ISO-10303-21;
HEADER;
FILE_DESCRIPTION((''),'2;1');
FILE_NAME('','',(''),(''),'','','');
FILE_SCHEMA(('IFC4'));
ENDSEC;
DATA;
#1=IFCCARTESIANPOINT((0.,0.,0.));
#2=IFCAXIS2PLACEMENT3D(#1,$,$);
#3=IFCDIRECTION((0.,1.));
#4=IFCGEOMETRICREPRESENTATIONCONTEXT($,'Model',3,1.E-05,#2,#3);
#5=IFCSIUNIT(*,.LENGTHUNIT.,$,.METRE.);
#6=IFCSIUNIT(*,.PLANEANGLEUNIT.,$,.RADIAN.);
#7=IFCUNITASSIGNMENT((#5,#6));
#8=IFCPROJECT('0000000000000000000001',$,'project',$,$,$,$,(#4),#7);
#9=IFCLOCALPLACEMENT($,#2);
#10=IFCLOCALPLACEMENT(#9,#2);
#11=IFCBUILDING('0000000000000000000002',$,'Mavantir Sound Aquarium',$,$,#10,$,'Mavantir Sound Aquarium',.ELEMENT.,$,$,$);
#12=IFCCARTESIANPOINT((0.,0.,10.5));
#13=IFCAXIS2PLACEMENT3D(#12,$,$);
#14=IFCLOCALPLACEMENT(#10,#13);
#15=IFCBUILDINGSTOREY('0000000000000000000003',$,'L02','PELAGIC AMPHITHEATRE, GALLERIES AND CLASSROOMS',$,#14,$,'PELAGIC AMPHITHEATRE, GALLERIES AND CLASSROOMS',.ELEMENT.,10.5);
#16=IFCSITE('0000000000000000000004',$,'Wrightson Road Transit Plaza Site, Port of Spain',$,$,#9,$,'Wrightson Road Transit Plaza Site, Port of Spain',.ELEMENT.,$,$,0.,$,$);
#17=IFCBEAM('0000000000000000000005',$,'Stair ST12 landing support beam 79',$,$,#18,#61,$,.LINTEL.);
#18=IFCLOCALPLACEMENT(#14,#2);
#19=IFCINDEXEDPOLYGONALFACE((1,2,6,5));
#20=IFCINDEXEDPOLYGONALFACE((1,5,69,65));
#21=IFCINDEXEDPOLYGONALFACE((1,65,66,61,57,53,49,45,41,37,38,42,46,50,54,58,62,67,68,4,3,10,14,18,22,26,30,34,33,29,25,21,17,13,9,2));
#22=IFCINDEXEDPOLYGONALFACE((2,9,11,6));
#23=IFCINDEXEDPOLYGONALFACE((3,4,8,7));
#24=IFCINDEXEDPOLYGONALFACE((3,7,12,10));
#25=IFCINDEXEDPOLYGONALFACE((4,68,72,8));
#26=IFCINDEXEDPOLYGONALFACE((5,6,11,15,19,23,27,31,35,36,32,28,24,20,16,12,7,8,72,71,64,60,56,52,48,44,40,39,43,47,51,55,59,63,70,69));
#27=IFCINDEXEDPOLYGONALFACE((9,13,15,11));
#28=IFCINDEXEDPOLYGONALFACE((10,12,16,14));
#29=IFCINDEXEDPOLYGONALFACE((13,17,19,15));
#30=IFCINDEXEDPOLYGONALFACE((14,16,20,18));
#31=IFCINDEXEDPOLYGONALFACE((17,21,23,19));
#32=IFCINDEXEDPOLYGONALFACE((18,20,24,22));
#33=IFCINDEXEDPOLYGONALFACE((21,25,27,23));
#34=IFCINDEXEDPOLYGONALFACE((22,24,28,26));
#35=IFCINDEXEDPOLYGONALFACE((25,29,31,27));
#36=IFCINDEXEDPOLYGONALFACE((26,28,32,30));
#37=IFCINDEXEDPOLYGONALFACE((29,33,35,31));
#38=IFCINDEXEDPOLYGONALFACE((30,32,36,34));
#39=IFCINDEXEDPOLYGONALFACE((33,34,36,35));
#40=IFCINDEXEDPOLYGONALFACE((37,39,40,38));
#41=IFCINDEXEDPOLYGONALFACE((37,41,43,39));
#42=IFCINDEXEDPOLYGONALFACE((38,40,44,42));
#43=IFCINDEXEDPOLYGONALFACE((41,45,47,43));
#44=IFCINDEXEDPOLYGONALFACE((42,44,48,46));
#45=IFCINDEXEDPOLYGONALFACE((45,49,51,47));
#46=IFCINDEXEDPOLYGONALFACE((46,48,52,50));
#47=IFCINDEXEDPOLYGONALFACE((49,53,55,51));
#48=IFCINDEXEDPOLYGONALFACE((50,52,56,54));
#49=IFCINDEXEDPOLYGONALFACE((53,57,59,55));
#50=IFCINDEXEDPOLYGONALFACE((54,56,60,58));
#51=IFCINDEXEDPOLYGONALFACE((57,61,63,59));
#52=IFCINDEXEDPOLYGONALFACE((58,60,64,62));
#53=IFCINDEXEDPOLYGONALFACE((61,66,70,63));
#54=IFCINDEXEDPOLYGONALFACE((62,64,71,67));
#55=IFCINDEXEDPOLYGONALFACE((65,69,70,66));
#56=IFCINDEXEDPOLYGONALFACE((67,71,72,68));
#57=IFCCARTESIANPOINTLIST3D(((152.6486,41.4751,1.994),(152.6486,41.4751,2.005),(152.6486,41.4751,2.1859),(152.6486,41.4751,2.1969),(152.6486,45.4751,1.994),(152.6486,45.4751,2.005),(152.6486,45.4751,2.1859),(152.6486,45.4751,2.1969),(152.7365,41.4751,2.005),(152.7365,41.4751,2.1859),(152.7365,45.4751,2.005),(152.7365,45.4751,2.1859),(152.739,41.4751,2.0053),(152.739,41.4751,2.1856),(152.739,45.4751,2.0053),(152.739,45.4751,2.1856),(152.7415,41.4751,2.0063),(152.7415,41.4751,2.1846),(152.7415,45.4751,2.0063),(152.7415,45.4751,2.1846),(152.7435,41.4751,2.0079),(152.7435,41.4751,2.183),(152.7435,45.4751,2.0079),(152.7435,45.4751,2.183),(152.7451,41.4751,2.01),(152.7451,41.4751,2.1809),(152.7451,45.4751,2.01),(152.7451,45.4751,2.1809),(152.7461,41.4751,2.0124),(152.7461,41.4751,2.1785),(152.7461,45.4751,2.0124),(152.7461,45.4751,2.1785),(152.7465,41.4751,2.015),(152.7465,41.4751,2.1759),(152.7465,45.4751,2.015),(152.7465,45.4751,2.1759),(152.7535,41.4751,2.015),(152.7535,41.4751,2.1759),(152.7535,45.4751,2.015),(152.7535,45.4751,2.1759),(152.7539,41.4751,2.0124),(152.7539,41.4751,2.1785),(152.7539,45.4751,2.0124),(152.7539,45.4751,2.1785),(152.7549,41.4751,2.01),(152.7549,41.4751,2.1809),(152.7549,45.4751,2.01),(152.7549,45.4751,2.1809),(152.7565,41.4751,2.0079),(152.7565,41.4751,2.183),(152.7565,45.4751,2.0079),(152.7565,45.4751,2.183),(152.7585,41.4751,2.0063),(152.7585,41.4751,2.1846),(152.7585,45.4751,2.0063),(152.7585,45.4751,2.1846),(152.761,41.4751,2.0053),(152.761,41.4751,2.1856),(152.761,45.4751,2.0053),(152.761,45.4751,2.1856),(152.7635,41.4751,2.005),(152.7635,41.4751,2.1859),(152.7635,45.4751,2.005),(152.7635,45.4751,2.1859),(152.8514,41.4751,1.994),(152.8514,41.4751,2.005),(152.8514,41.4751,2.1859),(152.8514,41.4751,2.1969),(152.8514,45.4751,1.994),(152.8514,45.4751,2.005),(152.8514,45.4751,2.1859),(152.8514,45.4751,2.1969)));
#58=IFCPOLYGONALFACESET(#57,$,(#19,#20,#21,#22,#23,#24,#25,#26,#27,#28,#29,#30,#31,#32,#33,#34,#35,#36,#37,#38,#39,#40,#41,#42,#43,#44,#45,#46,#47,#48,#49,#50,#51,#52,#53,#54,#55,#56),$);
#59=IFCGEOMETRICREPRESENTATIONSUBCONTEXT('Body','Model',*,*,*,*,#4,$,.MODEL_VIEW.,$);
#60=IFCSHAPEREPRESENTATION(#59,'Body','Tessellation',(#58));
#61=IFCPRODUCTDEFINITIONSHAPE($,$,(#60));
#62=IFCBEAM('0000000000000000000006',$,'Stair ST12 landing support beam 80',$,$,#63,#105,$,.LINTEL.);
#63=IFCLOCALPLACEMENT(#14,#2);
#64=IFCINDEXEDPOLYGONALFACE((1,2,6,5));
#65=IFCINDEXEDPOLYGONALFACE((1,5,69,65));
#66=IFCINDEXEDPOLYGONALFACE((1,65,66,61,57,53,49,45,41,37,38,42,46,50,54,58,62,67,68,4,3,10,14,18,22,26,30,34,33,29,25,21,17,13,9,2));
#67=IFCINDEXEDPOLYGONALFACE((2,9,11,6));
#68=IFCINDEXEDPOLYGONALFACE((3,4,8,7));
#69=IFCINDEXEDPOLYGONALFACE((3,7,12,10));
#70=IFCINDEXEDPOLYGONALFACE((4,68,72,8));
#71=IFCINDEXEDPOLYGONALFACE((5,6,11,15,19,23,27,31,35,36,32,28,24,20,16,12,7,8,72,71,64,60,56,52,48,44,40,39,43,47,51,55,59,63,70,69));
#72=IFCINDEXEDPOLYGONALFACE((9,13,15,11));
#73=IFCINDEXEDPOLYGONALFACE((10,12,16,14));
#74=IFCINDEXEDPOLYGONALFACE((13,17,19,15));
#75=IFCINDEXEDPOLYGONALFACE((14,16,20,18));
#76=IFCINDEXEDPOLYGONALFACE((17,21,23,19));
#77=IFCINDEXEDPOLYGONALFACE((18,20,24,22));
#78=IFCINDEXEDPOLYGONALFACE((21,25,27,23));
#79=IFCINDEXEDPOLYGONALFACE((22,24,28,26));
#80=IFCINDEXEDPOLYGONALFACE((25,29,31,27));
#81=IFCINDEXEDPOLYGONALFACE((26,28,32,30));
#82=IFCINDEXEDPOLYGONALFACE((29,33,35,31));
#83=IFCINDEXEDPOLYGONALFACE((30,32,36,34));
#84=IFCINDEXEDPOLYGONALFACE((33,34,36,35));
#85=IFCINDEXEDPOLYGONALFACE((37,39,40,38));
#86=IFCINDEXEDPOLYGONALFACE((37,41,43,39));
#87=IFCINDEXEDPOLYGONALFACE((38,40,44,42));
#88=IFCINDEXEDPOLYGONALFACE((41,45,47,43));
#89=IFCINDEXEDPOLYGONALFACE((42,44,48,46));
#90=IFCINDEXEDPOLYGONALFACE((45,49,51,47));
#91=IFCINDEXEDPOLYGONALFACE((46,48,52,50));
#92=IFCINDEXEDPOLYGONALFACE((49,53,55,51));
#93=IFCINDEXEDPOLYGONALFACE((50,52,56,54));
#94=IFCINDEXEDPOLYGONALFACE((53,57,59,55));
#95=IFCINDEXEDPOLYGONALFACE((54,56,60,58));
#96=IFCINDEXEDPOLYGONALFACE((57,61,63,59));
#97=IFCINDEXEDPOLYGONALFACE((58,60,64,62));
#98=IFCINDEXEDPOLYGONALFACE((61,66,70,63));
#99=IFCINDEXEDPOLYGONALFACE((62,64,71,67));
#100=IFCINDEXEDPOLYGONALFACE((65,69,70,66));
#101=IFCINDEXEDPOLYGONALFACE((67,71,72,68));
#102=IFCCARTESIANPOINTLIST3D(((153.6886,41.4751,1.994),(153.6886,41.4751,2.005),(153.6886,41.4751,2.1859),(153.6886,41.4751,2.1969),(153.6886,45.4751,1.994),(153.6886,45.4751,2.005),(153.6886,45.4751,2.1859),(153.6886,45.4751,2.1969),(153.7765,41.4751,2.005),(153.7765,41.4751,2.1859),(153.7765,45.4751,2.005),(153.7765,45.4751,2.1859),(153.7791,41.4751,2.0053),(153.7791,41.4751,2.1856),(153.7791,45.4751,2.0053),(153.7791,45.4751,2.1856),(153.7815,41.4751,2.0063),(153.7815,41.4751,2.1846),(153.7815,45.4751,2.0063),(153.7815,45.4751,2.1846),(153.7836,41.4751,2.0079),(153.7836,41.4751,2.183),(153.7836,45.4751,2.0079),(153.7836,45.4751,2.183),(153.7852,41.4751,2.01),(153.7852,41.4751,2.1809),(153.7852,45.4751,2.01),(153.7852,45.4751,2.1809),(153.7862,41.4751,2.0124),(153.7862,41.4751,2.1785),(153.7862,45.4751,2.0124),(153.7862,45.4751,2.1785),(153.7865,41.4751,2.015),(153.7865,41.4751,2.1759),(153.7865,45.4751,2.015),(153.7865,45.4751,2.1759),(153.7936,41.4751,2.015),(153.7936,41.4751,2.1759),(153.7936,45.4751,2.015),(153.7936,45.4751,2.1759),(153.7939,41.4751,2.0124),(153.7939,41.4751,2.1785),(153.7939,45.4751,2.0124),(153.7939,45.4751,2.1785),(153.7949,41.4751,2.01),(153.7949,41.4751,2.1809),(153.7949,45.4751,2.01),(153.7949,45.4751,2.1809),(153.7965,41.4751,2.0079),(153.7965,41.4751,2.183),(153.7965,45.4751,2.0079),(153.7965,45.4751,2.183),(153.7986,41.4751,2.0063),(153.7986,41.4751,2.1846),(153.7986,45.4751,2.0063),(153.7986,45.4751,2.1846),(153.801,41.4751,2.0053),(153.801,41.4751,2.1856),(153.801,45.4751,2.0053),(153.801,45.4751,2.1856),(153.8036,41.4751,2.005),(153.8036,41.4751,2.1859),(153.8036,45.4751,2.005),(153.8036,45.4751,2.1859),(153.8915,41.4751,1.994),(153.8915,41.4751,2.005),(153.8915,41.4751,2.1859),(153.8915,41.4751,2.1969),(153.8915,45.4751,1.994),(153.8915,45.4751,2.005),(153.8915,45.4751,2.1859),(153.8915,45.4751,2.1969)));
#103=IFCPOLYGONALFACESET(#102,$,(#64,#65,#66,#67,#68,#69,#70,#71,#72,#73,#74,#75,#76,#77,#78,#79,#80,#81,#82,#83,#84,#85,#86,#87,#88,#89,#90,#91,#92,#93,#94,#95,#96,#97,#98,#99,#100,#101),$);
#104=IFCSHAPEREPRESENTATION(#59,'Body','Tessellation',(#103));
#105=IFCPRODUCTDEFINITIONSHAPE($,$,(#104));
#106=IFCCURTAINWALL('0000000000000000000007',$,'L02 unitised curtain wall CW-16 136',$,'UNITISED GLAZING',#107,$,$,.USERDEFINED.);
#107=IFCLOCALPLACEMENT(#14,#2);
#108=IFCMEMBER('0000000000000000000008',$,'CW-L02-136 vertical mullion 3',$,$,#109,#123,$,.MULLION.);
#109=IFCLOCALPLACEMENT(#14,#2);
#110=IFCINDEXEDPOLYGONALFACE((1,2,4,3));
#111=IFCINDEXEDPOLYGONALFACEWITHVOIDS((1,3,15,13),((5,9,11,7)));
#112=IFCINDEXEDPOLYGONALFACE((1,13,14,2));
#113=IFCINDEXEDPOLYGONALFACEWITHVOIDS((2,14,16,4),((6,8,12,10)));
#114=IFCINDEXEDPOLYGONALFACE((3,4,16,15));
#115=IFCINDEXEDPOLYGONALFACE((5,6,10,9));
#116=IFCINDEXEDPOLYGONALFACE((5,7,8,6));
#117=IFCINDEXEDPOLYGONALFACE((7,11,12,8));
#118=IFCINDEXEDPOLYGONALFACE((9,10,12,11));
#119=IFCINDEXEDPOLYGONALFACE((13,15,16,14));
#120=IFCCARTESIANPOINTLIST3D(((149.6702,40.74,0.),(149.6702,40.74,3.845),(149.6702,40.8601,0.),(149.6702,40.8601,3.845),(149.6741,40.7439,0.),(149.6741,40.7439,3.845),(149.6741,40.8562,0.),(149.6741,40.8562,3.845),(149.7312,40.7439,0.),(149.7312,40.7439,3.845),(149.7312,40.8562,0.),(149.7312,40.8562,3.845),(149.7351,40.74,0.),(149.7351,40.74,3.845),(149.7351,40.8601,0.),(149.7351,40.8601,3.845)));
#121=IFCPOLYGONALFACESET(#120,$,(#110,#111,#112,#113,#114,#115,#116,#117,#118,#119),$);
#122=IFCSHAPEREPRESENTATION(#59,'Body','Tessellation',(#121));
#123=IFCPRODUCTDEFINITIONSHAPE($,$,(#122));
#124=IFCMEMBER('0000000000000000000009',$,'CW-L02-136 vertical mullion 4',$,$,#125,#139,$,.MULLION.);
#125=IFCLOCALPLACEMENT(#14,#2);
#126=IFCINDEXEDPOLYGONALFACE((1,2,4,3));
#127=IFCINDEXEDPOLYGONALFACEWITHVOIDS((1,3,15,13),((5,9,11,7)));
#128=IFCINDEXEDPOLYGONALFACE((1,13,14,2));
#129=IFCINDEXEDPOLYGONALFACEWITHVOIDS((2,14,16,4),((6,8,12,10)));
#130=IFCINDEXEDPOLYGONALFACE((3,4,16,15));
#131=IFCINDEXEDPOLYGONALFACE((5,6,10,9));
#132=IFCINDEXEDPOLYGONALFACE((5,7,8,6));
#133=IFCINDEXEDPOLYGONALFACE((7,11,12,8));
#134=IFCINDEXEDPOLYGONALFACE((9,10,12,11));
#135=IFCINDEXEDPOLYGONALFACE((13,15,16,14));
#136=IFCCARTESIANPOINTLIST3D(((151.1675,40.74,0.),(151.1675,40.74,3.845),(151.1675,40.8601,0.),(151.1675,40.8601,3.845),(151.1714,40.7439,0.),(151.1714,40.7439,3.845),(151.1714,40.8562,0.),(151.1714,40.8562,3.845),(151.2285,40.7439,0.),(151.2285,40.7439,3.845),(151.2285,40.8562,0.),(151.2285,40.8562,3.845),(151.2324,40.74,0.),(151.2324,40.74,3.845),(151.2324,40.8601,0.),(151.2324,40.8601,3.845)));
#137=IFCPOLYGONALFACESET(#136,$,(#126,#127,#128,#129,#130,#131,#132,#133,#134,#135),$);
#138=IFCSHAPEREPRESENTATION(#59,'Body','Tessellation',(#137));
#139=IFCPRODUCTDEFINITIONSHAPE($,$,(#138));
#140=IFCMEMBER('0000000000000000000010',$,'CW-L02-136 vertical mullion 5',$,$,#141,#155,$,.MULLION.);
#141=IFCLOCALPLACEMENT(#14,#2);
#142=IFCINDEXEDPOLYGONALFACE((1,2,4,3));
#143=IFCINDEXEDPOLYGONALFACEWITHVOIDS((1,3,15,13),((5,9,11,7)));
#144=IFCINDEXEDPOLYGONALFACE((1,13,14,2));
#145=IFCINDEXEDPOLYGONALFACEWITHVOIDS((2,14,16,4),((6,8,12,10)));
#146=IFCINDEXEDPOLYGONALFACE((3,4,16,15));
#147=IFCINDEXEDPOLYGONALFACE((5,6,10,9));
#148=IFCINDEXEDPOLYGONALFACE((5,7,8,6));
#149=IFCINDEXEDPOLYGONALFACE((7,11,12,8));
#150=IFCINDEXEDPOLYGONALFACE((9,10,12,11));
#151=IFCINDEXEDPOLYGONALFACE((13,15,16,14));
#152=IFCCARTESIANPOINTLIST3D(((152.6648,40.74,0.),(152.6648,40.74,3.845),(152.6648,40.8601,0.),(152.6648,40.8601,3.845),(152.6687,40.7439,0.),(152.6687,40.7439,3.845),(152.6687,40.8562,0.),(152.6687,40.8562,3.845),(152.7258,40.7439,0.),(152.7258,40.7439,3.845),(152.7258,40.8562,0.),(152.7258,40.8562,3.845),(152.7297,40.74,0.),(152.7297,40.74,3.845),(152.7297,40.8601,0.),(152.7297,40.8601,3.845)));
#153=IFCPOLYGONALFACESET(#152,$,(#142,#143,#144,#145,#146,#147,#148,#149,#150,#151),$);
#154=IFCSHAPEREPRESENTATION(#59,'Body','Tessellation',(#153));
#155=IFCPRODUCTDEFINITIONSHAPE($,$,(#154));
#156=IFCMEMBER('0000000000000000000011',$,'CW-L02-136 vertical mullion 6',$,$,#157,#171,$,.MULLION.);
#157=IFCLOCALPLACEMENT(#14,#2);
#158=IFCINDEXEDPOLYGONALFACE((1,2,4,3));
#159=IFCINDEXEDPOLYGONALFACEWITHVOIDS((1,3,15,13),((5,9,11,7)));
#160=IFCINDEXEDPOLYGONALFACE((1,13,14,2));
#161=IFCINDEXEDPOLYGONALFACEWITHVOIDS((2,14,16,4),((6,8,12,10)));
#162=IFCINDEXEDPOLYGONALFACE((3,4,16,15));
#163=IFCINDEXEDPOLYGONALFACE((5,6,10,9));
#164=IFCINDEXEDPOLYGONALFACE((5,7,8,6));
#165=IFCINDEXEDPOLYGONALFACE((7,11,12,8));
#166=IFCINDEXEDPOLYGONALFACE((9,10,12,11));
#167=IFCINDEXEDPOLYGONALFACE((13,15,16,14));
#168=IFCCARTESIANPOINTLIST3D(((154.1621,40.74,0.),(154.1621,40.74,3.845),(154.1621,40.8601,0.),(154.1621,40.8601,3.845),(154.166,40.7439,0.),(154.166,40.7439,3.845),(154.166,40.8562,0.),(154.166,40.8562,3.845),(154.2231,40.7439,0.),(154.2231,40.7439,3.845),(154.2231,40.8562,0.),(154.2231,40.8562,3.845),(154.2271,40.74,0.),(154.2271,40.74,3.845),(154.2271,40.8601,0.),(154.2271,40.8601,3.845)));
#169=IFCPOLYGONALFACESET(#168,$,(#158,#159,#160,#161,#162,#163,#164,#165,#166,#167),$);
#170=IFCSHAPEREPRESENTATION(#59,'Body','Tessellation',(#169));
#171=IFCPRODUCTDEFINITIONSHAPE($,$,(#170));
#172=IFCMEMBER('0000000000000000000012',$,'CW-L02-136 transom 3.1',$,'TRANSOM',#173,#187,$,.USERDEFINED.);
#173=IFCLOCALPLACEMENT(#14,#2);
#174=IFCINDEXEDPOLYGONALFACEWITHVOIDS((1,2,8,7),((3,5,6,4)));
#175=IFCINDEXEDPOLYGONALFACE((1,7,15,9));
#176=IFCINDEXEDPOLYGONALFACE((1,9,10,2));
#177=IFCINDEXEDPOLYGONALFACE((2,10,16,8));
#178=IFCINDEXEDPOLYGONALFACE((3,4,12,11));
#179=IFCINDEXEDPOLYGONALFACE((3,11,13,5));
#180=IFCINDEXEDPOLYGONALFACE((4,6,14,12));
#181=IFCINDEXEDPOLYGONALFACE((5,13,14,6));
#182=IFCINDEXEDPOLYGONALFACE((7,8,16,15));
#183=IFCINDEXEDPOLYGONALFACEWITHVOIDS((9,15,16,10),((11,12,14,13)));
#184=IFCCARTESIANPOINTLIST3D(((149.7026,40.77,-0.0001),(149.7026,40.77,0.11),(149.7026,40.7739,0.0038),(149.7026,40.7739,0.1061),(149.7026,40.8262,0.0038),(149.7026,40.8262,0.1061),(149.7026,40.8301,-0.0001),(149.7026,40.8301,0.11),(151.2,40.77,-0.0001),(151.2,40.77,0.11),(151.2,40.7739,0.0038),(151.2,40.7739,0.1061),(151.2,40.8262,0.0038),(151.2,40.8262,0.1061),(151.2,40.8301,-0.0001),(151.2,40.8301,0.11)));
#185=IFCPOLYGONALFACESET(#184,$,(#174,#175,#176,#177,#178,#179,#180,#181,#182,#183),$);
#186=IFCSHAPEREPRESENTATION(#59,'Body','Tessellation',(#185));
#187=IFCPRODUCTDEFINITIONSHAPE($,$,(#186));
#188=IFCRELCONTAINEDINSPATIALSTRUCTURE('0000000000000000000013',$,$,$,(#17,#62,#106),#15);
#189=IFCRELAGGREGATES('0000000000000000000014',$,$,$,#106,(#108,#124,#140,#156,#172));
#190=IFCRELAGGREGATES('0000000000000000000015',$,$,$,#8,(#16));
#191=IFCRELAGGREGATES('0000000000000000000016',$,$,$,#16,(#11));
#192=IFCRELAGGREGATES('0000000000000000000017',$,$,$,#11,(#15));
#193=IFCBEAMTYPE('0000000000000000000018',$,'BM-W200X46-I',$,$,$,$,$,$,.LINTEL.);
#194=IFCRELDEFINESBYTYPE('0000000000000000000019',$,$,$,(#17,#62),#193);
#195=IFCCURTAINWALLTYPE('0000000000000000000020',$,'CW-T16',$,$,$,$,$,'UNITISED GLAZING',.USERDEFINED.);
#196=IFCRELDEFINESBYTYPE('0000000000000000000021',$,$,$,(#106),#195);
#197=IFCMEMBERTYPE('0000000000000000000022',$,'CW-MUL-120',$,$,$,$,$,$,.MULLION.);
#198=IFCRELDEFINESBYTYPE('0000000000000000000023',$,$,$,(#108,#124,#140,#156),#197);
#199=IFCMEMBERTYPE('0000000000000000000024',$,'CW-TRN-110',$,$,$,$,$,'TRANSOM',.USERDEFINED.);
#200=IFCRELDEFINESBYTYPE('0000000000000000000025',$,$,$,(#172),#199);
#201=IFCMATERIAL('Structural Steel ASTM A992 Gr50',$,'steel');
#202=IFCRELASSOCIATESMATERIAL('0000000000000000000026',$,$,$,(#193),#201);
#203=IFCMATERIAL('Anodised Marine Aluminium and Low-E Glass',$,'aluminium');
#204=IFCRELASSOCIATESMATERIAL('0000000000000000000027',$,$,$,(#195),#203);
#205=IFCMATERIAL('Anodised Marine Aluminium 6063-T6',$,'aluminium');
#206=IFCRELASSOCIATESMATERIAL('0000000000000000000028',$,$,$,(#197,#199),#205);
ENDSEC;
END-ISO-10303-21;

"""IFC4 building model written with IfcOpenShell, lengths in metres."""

from ifc_helpers import new_model, si_unit, direction, frame, origin, origin_2d, place, context, subcontext, project, spatial, hollow_rectangle, i_section, extrude, material, material_profile, profile_set, type_object, element, aggregate, save


model = new_model("IFC4")

# Units and contexts
model_context = context("Model", 3, precision=1e-05, world=origin(), true_north=direction((0.0, 1.0)))
body_context = subcontext(model_context, "Body", "Model", "MODEL_VIEW")
ifc_project = project(units=[si_unit("LENGTHUNIT", "METRE"), si_unit("PLANEANGLEUNIT", "RADIAN")], contexts=[model_context])

# Site, building, storey
site_placement = place(None, origin())
site = spatial("IfcSite", under=ifc_project, at=site_placement, Name="Wrightson Road Transit Plaza Site, Port of Spain", LongName="Wrightson Road Transit Plaza Site, Port of Spain", CompositionType="ELEMENT", RefElevation=0.0)
building_placement = place(site_placement, origin())
building = spatial("IfcBuilding", under=site, at=building_placement, Name="Mavantir Sound Aquarium", LongName="Mavantir Sound Aquarium", CompositionType="ELEMENT")
storey_placement = place(building_placement, frame((0.0, 0.0, 10.5)))
storey = spatial("IfcBuildingStorey", under=building, at=storey_placement, Name="L02", Description="PELAGIC AMPHITHEATRE, GALLERIES AND CLASSROOMS", LongName="PELAGIC AMPHITHEATRE, GALLERIES AND CLASSROOMS", CompositionType="ELEMENT", Elevation=10.5)

# Beams
ifc_material_1 = material(Name="Structural Steel ASTM A992 Gr50", Category="steel")
ifc_material_profile_1 = material_profile(ifc_material_1, i_section(OverallWidth=0.2029, OverallDepth=0.2029, WebThickness=0.0071, FlangeThickness=0.011, FilletRadius=0.01, at=origin_2d()), Name="W200X46")
ifc_profile_set_1 = profile_set([ifc_material_profile_1], Name="Structural Steel ASTM A992 Gr50")
beam_type = type_object("IfcBeamType", Name="BM-W200X46-I", PredefinedType="LINTEL", material=ifc_profile_set_1)
for number, where, z_axis, x_axis, name in (
    (1, (152.75, 41.4751, 2.0955), (0.0, 1.0, 0.0), (-1.0, 0.0, 0.0), "Stair ST12 landing support beam 79"),
    (2, (153.79, 41.4751, 2.0955), (0.0, 1.0, 0.0), (-1.0, 0.0, 0.0), "Stair ST12 landing support beam 80"),
):
    element("IfcBeam", number, at=place(storey_placement, frame(where, z_axis=z_axis, x_axis=x_axis)), inside=storey, type_object=beam_type, Name=name, PredefinedType="LINTEL", context=body_context, shape_type="SweptSolid", body=[
        extrude(i_section(OverallWidth=0.2029, OverallDepth=0.2029, WebThickness=0.0071, FlangeThickness=0.011, FilletRadius=0.01, at=origin_2d()), origin(), (0.0, 0.0, 1.0), 4.0),
    ])

# Curtain wall, members
ifc_material_2 = material(Name="Anodised Marine Aluminium and Low-E Glass", Category="aluminium")
curtain_wall_type = type_object("IfcCurtainWallType", Name="CW-T16", ElementType="UNITISED GLAZING", PredefinedType="USERDEFINED", material=ifc_material_2)
curtain_wall_placement = place(storey_placement, origin())
curtain_wall = element("IfcCurtainWall", 3, at=curtain_wall_placement, inside=storey, type_object=curtain_wall_type, Name="L02 unitised curtain wall CW-16 136", ObjectType="UNITISED GLAZING", PredefinedType="USERDEFINED")
ifc_material_3 = material(Name="Anodised Marine Aluminium 6063-T6", Category="aluminium")
ifc_material_profile_2 = material_profile(ifc_material_3, hollow_rectangle(XDim=0.0649, YDim=0.1201, WallThickness=0.0039, at=origin_2d()), Name="ALU-MULLION-120X65")
ifc_profile_set_2 = profile_set([ifc_material_profile_2], Name="Anodised Marine Aluminium 6063-T6")
member_type_1 = type_object("IfcMemberType", Name="CW-MUL-120", PredefinedType="MULLION", material=ifc_profile_set_2)
member_1_placement = place(storey_placement, frame((149.7026, 40.8, 0.0), z_axis=(0.0, 0.0, 1.0), x_axis=(1.0, 0.0, 0.0)))
member_1 = element("IfcMember", 4, at=member_1_placement, type_object=member_type_1, Name="CW-L02-136 vertical mullion 3", PredefinedType="MULLION", context=body_context, shape_type="SweptSolid", body=[
    extrude(hollow_rectangle(XDim=0.0649, YDim=0.1201, WallThickness=0.0039, at=origin_2d()), origin(), (0.0, 0.0, 1.0), 3.845),
])
member_2_placement = place(storey_placement, frame((151.2, 40.8, 0.0), z_axis=(0.0, 0.0, 1.0), x_axis=(1.0, 0.0, 0.0)))
member_2 = element("IfcMember", 5, at=member_2_placement, type_object=member_type_1, Name="CW-L02-136 vertical mullion 4", PredefinedType="MULLION", context=body_context, shape_type="SweptSolid", body=[
    extrude(hollow_rectangle(XDim=0.0649, YDim=0.1201, WallThickness=0.0039, at=origin_2d()), origin(), (0.0, 0.0, 1.0), 3.845),
])
member_3_placement = place(storey_placement, frame((152.6973, 40.8, 0.0), z_axis=(0.0, 0.0, 1.0), x_axis=(1.0, 0.0, 0.0)))
member_3 = element("IfcMember", 6, at=member_3_placement, type_object=member_type_1, Name="CW-L02-136 vertical mullion 5", PredefinedType="MULLION", context=body_context, shape_type="SweptSolid", body=[
    extrude(hollow_rectangle(XDim=0.0649, YDim=0.1201, WallThickness=0.0039, at=origin_2d()), origin(), (0.0, 0.0, 1.0), 3.845),
])
member_4_placement = place(storey_placement, frame((154.1946, 40.8, 0.0), z_axis=(0.0, 0.0, 1.0), x_axis=(1.0, 0.0, 0.0)))
member_4 = element("IfcMember", 7, at=member_4_placement, type_object=member_type_1, Name="CW-L02-136 vertical mullion 6", PredefinedType="MULLION", context=body_context, shape_type="SweptSolid", body=[
    extrude(hollow_rectangle(XDim=0.0649, YDim=0.1201, WallThickness=0.0039, at=origin_2d()), origin(), (0.0, 0.0, 1.0), 3.845),
])
ifc_material_profile_3 = material_profile(ifc_material_3, hollow_rectangle(XDim=0.0601, YDim=0.1101, WallThickness=0.0039, at=origin_2d()), Name="ALU-TRANSOM-110X60")
ifc_profile_set_3 = profile_set([ifc_material_profile_3], Name="Anodised Marine Aluminium 6063-T6")
member_type_2 = type_object("IfcMemberType", Name="CW-TRN-110", ElementType="TRANSOM", PredefinedType="USERDEFINED", material=ifc_profile_set_3)
member_5_placement = place(storey_placement, frame((149.7026, 40.8, 0.0549), z_axis=(1.0, 0.0, 0.0), x_axis=(0.0, 1.0, 0.0)))
member_5 = element("IfcMember", 8, at=member_5_placement, type_object=member_type_2, Name="CW-L02-136 transom 3.1", ObjectType="TRANSOM", PredefinedType="USERDEFINED", context=body_context, shape_type="SweptSolid", body=[
    extrude(hollow_rectangle(XDim=0.0601, YDim=0.1101, WallThickness=0.0039, at=origin_2d()), origin(), (0.0, 0.0, 1.0), 1.4973),
])
aggregate(curtain_wall, [member_1, member_2, member_3, member_4, member_5])

save(model, "model.ifc")
